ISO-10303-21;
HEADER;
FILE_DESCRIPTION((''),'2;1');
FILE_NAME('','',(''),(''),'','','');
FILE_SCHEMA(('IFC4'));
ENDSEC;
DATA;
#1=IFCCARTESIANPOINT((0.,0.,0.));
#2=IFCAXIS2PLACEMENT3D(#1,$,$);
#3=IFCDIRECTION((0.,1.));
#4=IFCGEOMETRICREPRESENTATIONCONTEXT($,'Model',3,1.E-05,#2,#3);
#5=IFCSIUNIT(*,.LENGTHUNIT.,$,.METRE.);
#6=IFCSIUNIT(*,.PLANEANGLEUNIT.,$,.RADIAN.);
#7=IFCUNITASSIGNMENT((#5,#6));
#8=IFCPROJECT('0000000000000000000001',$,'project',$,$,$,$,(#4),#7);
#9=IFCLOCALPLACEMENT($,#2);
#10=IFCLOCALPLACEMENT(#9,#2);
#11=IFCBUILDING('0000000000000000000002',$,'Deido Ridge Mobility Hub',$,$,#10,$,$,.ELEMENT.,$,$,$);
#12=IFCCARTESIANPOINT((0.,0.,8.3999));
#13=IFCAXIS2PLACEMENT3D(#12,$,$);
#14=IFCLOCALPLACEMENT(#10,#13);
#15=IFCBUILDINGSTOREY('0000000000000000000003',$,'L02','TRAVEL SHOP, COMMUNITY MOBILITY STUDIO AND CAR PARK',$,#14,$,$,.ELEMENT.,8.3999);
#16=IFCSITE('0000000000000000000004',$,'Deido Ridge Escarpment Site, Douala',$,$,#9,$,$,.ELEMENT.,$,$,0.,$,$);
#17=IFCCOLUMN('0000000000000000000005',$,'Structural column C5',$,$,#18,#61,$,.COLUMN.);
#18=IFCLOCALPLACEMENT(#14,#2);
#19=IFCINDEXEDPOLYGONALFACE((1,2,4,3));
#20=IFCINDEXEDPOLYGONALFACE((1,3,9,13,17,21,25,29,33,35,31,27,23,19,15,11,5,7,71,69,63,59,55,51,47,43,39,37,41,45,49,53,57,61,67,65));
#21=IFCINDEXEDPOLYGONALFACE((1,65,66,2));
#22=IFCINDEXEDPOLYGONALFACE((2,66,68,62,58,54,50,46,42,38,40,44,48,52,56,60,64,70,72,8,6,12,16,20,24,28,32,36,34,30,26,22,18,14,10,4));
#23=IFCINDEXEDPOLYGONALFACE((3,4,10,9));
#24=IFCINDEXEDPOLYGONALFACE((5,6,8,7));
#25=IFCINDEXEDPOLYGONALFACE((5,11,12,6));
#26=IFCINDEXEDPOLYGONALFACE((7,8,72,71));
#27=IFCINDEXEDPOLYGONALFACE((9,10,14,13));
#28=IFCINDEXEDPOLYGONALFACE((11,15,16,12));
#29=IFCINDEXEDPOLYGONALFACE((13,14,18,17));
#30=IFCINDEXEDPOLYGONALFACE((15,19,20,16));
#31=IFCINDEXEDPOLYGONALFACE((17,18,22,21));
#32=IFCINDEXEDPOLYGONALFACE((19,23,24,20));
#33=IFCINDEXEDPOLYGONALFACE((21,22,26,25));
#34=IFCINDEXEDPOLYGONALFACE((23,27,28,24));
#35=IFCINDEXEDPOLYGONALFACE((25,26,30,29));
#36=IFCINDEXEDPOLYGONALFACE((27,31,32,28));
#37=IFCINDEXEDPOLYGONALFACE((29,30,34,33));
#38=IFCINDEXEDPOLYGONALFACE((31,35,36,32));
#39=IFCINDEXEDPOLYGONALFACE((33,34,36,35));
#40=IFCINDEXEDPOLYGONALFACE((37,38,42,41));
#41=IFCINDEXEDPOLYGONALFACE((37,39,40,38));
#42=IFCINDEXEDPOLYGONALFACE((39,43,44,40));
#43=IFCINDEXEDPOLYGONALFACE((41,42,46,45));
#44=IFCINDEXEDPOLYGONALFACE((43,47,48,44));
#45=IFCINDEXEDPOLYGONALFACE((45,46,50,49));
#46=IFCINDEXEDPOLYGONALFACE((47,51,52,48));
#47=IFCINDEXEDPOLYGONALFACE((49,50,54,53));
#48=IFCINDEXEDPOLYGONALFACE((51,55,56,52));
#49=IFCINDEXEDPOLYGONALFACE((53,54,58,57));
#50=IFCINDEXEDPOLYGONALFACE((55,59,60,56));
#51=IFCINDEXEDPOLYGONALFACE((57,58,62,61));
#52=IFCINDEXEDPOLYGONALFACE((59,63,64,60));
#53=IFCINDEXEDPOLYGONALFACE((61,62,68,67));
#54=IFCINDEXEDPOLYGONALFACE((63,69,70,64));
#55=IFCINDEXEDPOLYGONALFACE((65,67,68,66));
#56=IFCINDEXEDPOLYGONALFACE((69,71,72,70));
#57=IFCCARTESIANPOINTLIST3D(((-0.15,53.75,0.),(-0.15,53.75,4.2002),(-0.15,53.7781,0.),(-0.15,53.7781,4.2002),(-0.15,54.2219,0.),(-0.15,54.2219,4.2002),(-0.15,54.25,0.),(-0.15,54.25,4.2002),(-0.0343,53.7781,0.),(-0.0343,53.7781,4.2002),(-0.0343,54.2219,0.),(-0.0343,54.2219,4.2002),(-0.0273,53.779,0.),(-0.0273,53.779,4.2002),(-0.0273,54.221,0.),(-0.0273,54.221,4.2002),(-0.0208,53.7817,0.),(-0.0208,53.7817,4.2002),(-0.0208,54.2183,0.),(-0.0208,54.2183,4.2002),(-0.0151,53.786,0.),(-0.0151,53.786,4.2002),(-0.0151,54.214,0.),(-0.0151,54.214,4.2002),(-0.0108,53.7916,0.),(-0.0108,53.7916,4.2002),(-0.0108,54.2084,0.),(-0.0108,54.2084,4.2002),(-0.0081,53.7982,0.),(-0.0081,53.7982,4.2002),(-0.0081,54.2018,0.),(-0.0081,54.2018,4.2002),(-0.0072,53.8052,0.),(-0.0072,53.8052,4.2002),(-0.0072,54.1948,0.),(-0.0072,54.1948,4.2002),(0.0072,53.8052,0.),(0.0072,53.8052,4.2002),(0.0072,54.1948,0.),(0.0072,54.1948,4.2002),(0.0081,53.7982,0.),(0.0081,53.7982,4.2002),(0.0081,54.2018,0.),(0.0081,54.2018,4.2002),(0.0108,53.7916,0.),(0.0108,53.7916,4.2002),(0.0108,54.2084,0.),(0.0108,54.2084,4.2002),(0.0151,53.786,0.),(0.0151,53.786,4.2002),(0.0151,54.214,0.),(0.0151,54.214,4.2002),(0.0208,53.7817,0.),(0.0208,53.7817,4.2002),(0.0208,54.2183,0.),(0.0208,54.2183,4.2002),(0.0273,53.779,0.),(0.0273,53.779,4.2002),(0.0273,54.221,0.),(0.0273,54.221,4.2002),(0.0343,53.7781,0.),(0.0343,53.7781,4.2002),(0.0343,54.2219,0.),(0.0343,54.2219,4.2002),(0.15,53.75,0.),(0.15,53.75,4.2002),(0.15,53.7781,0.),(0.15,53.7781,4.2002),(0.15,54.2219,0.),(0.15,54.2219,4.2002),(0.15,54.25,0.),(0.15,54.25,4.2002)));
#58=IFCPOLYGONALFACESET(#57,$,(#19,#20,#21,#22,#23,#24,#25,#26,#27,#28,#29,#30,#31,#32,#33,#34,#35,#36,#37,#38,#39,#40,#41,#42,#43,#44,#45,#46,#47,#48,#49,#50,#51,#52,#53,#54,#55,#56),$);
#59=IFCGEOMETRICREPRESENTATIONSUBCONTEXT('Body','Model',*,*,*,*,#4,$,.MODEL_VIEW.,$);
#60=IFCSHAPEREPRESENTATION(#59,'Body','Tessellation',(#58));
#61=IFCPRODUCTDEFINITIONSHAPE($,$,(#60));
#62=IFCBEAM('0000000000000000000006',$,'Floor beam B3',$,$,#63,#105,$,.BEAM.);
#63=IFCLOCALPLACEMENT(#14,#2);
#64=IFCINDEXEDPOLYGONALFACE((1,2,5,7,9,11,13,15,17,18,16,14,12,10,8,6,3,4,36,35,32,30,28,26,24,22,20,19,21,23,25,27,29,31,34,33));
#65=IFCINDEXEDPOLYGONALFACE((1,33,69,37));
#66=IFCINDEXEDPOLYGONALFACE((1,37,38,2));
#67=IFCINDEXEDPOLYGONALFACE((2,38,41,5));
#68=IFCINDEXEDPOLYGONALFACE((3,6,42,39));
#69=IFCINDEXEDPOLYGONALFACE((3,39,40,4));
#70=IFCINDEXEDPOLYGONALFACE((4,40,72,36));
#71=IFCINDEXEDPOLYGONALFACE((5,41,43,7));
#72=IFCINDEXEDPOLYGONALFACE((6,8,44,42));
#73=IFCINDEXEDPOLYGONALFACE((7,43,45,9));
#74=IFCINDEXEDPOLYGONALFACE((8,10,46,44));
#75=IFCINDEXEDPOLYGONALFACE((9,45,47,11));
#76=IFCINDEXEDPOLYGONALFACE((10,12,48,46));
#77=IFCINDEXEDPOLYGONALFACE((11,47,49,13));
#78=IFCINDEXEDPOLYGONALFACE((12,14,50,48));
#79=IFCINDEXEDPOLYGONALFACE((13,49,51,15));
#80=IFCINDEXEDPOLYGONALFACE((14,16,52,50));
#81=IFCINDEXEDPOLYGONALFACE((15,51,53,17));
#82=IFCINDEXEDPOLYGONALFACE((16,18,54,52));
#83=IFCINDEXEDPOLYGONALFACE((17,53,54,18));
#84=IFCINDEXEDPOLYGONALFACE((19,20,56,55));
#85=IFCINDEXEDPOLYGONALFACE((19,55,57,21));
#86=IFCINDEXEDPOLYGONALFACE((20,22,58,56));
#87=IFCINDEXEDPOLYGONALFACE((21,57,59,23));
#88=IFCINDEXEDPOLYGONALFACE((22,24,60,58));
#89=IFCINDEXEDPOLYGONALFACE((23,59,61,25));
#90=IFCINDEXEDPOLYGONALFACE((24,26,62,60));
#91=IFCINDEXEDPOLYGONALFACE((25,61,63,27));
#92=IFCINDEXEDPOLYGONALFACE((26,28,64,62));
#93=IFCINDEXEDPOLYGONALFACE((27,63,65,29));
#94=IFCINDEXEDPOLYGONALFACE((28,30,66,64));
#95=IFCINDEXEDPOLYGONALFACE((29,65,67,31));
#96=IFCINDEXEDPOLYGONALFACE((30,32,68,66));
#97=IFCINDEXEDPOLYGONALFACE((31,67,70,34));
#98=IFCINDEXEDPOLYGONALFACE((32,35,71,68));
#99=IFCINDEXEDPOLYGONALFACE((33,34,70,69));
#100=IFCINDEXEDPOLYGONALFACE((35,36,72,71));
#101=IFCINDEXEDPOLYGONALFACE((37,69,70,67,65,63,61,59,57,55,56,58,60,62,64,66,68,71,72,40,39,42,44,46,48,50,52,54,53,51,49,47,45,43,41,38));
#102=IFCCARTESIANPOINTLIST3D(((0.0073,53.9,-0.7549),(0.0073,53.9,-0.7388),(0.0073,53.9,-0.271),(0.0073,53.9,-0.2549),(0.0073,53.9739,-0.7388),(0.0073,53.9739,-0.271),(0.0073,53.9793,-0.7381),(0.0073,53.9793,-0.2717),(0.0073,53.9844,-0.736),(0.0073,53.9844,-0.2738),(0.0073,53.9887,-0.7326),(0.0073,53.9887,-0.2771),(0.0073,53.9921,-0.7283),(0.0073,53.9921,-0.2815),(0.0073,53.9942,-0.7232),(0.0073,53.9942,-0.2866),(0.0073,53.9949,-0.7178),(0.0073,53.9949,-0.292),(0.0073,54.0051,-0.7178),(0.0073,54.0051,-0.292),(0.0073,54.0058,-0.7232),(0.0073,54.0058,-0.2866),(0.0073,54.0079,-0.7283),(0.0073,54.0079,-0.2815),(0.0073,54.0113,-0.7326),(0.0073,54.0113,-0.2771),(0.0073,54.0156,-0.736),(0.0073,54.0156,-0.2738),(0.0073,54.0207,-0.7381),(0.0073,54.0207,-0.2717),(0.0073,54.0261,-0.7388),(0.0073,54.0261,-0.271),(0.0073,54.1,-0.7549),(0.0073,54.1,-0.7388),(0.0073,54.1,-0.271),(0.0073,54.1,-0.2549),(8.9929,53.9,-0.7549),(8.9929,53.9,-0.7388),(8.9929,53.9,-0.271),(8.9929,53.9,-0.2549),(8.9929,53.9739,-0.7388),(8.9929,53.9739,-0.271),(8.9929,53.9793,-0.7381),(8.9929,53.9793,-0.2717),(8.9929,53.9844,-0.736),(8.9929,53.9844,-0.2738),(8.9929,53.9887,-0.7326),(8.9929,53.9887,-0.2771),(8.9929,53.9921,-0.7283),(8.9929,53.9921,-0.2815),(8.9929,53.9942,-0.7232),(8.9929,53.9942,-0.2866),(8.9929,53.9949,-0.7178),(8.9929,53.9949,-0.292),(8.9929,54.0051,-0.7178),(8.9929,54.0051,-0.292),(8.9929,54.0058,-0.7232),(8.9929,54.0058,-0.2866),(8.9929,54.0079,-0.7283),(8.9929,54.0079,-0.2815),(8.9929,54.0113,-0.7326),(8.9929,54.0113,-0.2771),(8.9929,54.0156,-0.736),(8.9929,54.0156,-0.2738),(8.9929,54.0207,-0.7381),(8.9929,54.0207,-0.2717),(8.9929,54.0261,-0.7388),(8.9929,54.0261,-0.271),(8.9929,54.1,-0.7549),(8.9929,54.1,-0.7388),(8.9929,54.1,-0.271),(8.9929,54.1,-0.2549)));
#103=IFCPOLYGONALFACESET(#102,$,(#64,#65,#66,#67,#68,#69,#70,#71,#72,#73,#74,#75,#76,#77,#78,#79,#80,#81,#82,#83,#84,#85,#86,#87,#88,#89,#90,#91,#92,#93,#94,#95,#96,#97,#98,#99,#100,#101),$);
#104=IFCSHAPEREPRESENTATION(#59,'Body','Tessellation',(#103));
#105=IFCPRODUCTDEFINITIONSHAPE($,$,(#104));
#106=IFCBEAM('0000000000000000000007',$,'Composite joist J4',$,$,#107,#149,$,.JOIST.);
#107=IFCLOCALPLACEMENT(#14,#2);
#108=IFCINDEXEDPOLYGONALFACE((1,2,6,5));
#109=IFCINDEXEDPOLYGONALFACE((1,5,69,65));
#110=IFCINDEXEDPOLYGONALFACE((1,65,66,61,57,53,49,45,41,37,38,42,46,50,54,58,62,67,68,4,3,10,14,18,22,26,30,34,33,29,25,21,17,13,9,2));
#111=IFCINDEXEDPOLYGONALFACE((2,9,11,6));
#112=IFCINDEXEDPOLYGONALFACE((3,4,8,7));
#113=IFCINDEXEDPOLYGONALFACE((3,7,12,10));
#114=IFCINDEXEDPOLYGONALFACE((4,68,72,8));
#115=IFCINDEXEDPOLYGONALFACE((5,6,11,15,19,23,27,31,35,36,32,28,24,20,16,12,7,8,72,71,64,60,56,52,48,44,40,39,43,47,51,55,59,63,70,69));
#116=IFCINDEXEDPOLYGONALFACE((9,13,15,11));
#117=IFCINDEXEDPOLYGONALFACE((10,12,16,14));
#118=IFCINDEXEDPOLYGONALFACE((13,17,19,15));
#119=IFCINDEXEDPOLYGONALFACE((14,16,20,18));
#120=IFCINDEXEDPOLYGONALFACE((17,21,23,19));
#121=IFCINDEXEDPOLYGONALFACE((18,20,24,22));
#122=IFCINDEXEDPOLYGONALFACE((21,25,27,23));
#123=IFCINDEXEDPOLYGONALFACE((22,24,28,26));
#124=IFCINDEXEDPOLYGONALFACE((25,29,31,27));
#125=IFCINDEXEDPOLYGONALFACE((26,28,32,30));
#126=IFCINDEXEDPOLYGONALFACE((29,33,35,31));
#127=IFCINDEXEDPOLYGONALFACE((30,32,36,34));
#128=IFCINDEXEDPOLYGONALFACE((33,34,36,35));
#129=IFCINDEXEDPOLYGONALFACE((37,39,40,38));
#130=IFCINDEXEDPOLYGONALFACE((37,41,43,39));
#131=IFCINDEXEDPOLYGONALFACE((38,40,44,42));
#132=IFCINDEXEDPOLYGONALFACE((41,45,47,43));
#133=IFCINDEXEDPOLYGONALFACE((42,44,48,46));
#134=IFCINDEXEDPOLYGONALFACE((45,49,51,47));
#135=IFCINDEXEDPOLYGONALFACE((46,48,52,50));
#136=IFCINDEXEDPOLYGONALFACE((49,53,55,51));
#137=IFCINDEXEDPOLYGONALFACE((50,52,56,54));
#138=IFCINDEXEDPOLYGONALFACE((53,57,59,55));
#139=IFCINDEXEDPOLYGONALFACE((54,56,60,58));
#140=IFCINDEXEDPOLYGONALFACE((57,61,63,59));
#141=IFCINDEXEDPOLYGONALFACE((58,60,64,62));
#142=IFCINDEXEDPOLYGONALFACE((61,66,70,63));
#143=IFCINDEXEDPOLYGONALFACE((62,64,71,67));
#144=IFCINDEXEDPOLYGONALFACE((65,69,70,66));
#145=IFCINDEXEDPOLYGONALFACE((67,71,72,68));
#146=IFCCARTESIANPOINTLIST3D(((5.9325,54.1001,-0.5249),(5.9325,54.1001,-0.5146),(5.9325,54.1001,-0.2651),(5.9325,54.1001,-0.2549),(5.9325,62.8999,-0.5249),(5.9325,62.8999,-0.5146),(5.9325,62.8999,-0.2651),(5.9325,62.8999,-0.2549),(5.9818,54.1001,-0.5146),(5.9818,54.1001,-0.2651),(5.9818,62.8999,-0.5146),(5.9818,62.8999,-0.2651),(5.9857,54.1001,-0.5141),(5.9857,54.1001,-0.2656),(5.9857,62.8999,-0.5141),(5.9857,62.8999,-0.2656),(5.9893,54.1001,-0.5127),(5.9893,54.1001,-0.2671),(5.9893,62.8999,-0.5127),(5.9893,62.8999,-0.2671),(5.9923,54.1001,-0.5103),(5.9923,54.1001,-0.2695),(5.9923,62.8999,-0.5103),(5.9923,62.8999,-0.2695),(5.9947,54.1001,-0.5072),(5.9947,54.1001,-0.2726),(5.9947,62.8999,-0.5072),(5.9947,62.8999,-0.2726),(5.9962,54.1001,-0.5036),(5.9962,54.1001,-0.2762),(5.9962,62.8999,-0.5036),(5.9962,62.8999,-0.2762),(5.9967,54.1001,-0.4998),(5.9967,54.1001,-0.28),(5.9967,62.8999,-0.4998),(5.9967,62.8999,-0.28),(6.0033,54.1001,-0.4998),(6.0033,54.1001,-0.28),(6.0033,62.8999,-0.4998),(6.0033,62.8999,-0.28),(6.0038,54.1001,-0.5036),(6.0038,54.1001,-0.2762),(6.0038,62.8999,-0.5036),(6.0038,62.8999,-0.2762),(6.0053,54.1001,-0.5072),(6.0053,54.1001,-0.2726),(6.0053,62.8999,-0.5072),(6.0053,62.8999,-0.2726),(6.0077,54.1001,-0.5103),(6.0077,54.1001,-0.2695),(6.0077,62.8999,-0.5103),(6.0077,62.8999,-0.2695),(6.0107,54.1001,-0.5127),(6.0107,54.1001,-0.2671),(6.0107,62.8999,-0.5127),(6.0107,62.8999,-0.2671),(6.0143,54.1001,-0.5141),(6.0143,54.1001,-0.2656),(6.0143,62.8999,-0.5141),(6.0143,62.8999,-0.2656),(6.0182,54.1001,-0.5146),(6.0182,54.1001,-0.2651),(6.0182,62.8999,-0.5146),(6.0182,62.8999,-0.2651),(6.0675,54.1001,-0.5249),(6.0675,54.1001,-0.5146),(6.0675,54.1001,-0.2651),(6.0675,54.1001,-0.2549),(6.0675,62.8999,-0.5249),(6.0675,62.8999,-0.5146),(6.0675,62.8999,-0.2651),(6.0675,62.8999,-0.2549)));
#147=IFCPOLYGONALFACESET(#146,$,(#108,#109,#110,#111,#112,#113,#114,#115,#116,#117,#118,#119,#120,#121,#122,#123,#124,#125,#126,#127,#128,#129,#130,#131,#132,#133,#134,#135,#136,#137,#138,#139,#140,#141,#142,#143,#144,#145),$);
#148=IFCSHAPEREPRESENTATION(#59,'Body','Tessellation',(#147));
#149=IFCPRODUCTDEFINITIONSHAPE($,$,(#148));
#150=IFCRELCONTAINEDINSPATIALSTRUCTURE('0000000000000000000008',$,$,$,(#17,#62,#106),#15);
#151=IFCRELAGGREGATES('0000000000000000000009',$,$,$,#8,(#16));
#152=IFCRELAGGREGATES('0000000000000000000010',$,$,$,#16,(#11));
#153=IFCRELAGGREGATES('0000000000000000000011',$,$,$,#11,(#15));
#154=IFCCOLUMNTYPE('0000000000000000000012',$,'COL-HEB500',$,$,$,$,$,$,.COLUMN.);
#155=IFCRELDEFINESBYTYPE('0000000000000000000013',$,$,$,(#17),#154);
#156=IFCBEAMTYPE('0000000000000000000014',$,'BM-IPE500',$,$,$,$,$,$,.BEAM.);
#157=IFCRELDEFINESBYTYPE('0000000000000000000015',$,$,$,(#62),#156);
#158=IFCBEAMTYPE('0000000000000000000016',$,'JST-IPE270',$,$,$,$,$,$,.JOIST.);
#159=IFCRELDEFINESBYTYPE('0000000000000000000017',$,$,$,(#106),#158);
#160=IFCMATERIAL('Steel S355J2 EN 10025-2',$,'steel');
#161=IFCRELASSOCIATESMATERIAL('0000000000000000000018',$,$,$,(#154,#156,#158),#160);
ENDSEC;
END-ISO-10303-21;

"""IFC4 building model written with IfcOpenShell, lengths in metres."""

from ifc_helpers import new_model, si_unit, direction, frame, origin, origin_2d, place, context, subcontext, project, spatial, i_section, extrude, material, material_profile, profile_set, type_object, element, save


model = new_model("IFC4")

# Units and contexts
model_context = context("Model", 3, precision=1e-05, world=origin(), true_north=direction((0.0, 1.0)))
body_context = subcontext(model_context, "Body", "Model", "MODEL_VIEW")
ifc_project = project(units=[si_unit("LENGTHUNIT", "METRE"), si_unit("PLANEANGLEUNIT", "RADIAN")], contexts=[model_context])

# Site, building, storey
site_placement = place(None, origin())
site = spatial("IfcSite", under=ifc_project, at=site_placement, Name="Deido Ridge Escarpment Site, Douala", CompositionType="ELEMENT", RefElevation=0.0)
building_placement = place(site_placement, origin())
building = spatial("IfcBuilding", under=site, at=building_placement, Name="Deido Ridge Mobility Hub", CompositionType="ELEMENT")
storey_placement = place(building_placement, frame((0.0, 0.0, 8.3999)))
storey = spatial("IfcBuildingStorey", under=building, at=storey_placement, Name="L02", Description="TRAVEL SHOP, COMMUNITY MOBILITY STUDIO AND CAR PARK", CompositionType="ELEMENT", Elevation=8.3999)

# Column
ifc_material_1 = material(Name="Steel S355J2 EN 10025-2", Category="steel")
ifc_material_profile_1 = material_profile(ifc_material_1, i_section(OverallWidth=0.3, OverallDepth=0.5, WebThickness=0.0144, FlangeThickness=0.0281, FilletRadius=0.0271, at=origin_2d()), Name="HEB 500")
ifc_profile_set_1 = profile_set([ifc_material_profile_1], Name="Steel S355J2 EN 10025-2")
column_type = type_object("IfcColumnType", Name="COL-HEB500", PredefinedType="COLUMN", material=ifc_profile_set_1)
column_placement = place(storey_placement, frame((0.0, 54.0, 0.0), z_axis=(0.0, 0.0, 1.0), x_axis=(1.0, 0.0, 0.0)))
element("IfcColumn", 1, at=column_placement, inside=storey, type_object=column_type, Name="Structural column C5", PredefinedType="COLUMN", context=body_context, shape_type="SweptSolid", body=[
    extrude(i_section(OverallWidth=0.3, OverallDepth=0.5, WebThickness=0.0144, FlangeThickness=0.0281, FilletRadius=0.0271, at=origin_2d()), origin(), (0.0, 0.0, 1.0), 4.2002),
])

# Beams
ifc_material_profile_2 = material_profile(ifc_material_1, i_section(OverallWidth=0.2, OverallDepth=0.5, WebThickness=0.0103, FlangeThickness=0.0161, FilletRadius=0.021, at=origin_2d()), Name="IPE 500")
ifc_profile_set_2 = profile_set([ifc_material_profile_2], Name="Steel S355J2 EN 10025-2")
beam_type_1 = type_object("IfcBeamType", Name="BM-IPE500", PredefinedType="BEAM", material=ifc_profile_set_2)
beam_1_placement = place(storey_placement, frame((0.0073, 54.0, -0.5049), z_axis=(1.0, 0.0, 0.0), x_axis=(0.0, 1.0, 0.0)))
element("IfcBeam", 2, at=beam_1_placement, inside=storey, type_object=beam_type_1, Name="Floor beam B3", PredefinedType="BEAM", context=body_context, shape_type="SweptSolid", body=[
    extrude(i_section(OverallWidth=0.2, OverallDepth=0.5, WebThickness=0.0103, FlangeThickness=0.0161, FilletRadius=0.021, at=origin_2d()), origin(), (0.0, 0.0, 1.0), 8.9856),
])
ifc_material_profile_3 = material_profile(ifc_material_1, i_section(OverallWidth=0.135, OverallDepth=0.27, WebThickness=0.0066, FlangeThickness=0.0103, FilletRadius=0.0149, at=origin_2d()), Name="IPE 270")
ifc_profile_set_3 = profile_set([ifc_material_profile_3], Name="Steel S355J2 EN 10025-2")
beam_type_2 = type_object("IfcBeamType", Name="JST-IPE270", PredefinedType="JOIST", material=ifc_profile_set_3)
beam_2_placement = place(storey_placement, frame((6.0, 54.1001, -0.3899), z_axis=(0.0, 1.0, 0.0), x_axis=(-1.0, 0.0, 0.0)))
element("IfcBeam", 3, at=beam_2_placement, inside=storey, type_object=beam_type_2, Name="Composite joist J4", PredefinedType="JOIST", context=body_context, shape_type="SweptSolid", body=[
    extrude(i_section(OverallWidth=0.135, OverallDepth=0.27, WebThickness=0.0066, FlangeThickness=0.0103, FilletRadius=0.0149, at=origin_2d()), origin(), (0.0, 0.0, 1.0), 8.7998),
])

save(model, "model.ifc")
